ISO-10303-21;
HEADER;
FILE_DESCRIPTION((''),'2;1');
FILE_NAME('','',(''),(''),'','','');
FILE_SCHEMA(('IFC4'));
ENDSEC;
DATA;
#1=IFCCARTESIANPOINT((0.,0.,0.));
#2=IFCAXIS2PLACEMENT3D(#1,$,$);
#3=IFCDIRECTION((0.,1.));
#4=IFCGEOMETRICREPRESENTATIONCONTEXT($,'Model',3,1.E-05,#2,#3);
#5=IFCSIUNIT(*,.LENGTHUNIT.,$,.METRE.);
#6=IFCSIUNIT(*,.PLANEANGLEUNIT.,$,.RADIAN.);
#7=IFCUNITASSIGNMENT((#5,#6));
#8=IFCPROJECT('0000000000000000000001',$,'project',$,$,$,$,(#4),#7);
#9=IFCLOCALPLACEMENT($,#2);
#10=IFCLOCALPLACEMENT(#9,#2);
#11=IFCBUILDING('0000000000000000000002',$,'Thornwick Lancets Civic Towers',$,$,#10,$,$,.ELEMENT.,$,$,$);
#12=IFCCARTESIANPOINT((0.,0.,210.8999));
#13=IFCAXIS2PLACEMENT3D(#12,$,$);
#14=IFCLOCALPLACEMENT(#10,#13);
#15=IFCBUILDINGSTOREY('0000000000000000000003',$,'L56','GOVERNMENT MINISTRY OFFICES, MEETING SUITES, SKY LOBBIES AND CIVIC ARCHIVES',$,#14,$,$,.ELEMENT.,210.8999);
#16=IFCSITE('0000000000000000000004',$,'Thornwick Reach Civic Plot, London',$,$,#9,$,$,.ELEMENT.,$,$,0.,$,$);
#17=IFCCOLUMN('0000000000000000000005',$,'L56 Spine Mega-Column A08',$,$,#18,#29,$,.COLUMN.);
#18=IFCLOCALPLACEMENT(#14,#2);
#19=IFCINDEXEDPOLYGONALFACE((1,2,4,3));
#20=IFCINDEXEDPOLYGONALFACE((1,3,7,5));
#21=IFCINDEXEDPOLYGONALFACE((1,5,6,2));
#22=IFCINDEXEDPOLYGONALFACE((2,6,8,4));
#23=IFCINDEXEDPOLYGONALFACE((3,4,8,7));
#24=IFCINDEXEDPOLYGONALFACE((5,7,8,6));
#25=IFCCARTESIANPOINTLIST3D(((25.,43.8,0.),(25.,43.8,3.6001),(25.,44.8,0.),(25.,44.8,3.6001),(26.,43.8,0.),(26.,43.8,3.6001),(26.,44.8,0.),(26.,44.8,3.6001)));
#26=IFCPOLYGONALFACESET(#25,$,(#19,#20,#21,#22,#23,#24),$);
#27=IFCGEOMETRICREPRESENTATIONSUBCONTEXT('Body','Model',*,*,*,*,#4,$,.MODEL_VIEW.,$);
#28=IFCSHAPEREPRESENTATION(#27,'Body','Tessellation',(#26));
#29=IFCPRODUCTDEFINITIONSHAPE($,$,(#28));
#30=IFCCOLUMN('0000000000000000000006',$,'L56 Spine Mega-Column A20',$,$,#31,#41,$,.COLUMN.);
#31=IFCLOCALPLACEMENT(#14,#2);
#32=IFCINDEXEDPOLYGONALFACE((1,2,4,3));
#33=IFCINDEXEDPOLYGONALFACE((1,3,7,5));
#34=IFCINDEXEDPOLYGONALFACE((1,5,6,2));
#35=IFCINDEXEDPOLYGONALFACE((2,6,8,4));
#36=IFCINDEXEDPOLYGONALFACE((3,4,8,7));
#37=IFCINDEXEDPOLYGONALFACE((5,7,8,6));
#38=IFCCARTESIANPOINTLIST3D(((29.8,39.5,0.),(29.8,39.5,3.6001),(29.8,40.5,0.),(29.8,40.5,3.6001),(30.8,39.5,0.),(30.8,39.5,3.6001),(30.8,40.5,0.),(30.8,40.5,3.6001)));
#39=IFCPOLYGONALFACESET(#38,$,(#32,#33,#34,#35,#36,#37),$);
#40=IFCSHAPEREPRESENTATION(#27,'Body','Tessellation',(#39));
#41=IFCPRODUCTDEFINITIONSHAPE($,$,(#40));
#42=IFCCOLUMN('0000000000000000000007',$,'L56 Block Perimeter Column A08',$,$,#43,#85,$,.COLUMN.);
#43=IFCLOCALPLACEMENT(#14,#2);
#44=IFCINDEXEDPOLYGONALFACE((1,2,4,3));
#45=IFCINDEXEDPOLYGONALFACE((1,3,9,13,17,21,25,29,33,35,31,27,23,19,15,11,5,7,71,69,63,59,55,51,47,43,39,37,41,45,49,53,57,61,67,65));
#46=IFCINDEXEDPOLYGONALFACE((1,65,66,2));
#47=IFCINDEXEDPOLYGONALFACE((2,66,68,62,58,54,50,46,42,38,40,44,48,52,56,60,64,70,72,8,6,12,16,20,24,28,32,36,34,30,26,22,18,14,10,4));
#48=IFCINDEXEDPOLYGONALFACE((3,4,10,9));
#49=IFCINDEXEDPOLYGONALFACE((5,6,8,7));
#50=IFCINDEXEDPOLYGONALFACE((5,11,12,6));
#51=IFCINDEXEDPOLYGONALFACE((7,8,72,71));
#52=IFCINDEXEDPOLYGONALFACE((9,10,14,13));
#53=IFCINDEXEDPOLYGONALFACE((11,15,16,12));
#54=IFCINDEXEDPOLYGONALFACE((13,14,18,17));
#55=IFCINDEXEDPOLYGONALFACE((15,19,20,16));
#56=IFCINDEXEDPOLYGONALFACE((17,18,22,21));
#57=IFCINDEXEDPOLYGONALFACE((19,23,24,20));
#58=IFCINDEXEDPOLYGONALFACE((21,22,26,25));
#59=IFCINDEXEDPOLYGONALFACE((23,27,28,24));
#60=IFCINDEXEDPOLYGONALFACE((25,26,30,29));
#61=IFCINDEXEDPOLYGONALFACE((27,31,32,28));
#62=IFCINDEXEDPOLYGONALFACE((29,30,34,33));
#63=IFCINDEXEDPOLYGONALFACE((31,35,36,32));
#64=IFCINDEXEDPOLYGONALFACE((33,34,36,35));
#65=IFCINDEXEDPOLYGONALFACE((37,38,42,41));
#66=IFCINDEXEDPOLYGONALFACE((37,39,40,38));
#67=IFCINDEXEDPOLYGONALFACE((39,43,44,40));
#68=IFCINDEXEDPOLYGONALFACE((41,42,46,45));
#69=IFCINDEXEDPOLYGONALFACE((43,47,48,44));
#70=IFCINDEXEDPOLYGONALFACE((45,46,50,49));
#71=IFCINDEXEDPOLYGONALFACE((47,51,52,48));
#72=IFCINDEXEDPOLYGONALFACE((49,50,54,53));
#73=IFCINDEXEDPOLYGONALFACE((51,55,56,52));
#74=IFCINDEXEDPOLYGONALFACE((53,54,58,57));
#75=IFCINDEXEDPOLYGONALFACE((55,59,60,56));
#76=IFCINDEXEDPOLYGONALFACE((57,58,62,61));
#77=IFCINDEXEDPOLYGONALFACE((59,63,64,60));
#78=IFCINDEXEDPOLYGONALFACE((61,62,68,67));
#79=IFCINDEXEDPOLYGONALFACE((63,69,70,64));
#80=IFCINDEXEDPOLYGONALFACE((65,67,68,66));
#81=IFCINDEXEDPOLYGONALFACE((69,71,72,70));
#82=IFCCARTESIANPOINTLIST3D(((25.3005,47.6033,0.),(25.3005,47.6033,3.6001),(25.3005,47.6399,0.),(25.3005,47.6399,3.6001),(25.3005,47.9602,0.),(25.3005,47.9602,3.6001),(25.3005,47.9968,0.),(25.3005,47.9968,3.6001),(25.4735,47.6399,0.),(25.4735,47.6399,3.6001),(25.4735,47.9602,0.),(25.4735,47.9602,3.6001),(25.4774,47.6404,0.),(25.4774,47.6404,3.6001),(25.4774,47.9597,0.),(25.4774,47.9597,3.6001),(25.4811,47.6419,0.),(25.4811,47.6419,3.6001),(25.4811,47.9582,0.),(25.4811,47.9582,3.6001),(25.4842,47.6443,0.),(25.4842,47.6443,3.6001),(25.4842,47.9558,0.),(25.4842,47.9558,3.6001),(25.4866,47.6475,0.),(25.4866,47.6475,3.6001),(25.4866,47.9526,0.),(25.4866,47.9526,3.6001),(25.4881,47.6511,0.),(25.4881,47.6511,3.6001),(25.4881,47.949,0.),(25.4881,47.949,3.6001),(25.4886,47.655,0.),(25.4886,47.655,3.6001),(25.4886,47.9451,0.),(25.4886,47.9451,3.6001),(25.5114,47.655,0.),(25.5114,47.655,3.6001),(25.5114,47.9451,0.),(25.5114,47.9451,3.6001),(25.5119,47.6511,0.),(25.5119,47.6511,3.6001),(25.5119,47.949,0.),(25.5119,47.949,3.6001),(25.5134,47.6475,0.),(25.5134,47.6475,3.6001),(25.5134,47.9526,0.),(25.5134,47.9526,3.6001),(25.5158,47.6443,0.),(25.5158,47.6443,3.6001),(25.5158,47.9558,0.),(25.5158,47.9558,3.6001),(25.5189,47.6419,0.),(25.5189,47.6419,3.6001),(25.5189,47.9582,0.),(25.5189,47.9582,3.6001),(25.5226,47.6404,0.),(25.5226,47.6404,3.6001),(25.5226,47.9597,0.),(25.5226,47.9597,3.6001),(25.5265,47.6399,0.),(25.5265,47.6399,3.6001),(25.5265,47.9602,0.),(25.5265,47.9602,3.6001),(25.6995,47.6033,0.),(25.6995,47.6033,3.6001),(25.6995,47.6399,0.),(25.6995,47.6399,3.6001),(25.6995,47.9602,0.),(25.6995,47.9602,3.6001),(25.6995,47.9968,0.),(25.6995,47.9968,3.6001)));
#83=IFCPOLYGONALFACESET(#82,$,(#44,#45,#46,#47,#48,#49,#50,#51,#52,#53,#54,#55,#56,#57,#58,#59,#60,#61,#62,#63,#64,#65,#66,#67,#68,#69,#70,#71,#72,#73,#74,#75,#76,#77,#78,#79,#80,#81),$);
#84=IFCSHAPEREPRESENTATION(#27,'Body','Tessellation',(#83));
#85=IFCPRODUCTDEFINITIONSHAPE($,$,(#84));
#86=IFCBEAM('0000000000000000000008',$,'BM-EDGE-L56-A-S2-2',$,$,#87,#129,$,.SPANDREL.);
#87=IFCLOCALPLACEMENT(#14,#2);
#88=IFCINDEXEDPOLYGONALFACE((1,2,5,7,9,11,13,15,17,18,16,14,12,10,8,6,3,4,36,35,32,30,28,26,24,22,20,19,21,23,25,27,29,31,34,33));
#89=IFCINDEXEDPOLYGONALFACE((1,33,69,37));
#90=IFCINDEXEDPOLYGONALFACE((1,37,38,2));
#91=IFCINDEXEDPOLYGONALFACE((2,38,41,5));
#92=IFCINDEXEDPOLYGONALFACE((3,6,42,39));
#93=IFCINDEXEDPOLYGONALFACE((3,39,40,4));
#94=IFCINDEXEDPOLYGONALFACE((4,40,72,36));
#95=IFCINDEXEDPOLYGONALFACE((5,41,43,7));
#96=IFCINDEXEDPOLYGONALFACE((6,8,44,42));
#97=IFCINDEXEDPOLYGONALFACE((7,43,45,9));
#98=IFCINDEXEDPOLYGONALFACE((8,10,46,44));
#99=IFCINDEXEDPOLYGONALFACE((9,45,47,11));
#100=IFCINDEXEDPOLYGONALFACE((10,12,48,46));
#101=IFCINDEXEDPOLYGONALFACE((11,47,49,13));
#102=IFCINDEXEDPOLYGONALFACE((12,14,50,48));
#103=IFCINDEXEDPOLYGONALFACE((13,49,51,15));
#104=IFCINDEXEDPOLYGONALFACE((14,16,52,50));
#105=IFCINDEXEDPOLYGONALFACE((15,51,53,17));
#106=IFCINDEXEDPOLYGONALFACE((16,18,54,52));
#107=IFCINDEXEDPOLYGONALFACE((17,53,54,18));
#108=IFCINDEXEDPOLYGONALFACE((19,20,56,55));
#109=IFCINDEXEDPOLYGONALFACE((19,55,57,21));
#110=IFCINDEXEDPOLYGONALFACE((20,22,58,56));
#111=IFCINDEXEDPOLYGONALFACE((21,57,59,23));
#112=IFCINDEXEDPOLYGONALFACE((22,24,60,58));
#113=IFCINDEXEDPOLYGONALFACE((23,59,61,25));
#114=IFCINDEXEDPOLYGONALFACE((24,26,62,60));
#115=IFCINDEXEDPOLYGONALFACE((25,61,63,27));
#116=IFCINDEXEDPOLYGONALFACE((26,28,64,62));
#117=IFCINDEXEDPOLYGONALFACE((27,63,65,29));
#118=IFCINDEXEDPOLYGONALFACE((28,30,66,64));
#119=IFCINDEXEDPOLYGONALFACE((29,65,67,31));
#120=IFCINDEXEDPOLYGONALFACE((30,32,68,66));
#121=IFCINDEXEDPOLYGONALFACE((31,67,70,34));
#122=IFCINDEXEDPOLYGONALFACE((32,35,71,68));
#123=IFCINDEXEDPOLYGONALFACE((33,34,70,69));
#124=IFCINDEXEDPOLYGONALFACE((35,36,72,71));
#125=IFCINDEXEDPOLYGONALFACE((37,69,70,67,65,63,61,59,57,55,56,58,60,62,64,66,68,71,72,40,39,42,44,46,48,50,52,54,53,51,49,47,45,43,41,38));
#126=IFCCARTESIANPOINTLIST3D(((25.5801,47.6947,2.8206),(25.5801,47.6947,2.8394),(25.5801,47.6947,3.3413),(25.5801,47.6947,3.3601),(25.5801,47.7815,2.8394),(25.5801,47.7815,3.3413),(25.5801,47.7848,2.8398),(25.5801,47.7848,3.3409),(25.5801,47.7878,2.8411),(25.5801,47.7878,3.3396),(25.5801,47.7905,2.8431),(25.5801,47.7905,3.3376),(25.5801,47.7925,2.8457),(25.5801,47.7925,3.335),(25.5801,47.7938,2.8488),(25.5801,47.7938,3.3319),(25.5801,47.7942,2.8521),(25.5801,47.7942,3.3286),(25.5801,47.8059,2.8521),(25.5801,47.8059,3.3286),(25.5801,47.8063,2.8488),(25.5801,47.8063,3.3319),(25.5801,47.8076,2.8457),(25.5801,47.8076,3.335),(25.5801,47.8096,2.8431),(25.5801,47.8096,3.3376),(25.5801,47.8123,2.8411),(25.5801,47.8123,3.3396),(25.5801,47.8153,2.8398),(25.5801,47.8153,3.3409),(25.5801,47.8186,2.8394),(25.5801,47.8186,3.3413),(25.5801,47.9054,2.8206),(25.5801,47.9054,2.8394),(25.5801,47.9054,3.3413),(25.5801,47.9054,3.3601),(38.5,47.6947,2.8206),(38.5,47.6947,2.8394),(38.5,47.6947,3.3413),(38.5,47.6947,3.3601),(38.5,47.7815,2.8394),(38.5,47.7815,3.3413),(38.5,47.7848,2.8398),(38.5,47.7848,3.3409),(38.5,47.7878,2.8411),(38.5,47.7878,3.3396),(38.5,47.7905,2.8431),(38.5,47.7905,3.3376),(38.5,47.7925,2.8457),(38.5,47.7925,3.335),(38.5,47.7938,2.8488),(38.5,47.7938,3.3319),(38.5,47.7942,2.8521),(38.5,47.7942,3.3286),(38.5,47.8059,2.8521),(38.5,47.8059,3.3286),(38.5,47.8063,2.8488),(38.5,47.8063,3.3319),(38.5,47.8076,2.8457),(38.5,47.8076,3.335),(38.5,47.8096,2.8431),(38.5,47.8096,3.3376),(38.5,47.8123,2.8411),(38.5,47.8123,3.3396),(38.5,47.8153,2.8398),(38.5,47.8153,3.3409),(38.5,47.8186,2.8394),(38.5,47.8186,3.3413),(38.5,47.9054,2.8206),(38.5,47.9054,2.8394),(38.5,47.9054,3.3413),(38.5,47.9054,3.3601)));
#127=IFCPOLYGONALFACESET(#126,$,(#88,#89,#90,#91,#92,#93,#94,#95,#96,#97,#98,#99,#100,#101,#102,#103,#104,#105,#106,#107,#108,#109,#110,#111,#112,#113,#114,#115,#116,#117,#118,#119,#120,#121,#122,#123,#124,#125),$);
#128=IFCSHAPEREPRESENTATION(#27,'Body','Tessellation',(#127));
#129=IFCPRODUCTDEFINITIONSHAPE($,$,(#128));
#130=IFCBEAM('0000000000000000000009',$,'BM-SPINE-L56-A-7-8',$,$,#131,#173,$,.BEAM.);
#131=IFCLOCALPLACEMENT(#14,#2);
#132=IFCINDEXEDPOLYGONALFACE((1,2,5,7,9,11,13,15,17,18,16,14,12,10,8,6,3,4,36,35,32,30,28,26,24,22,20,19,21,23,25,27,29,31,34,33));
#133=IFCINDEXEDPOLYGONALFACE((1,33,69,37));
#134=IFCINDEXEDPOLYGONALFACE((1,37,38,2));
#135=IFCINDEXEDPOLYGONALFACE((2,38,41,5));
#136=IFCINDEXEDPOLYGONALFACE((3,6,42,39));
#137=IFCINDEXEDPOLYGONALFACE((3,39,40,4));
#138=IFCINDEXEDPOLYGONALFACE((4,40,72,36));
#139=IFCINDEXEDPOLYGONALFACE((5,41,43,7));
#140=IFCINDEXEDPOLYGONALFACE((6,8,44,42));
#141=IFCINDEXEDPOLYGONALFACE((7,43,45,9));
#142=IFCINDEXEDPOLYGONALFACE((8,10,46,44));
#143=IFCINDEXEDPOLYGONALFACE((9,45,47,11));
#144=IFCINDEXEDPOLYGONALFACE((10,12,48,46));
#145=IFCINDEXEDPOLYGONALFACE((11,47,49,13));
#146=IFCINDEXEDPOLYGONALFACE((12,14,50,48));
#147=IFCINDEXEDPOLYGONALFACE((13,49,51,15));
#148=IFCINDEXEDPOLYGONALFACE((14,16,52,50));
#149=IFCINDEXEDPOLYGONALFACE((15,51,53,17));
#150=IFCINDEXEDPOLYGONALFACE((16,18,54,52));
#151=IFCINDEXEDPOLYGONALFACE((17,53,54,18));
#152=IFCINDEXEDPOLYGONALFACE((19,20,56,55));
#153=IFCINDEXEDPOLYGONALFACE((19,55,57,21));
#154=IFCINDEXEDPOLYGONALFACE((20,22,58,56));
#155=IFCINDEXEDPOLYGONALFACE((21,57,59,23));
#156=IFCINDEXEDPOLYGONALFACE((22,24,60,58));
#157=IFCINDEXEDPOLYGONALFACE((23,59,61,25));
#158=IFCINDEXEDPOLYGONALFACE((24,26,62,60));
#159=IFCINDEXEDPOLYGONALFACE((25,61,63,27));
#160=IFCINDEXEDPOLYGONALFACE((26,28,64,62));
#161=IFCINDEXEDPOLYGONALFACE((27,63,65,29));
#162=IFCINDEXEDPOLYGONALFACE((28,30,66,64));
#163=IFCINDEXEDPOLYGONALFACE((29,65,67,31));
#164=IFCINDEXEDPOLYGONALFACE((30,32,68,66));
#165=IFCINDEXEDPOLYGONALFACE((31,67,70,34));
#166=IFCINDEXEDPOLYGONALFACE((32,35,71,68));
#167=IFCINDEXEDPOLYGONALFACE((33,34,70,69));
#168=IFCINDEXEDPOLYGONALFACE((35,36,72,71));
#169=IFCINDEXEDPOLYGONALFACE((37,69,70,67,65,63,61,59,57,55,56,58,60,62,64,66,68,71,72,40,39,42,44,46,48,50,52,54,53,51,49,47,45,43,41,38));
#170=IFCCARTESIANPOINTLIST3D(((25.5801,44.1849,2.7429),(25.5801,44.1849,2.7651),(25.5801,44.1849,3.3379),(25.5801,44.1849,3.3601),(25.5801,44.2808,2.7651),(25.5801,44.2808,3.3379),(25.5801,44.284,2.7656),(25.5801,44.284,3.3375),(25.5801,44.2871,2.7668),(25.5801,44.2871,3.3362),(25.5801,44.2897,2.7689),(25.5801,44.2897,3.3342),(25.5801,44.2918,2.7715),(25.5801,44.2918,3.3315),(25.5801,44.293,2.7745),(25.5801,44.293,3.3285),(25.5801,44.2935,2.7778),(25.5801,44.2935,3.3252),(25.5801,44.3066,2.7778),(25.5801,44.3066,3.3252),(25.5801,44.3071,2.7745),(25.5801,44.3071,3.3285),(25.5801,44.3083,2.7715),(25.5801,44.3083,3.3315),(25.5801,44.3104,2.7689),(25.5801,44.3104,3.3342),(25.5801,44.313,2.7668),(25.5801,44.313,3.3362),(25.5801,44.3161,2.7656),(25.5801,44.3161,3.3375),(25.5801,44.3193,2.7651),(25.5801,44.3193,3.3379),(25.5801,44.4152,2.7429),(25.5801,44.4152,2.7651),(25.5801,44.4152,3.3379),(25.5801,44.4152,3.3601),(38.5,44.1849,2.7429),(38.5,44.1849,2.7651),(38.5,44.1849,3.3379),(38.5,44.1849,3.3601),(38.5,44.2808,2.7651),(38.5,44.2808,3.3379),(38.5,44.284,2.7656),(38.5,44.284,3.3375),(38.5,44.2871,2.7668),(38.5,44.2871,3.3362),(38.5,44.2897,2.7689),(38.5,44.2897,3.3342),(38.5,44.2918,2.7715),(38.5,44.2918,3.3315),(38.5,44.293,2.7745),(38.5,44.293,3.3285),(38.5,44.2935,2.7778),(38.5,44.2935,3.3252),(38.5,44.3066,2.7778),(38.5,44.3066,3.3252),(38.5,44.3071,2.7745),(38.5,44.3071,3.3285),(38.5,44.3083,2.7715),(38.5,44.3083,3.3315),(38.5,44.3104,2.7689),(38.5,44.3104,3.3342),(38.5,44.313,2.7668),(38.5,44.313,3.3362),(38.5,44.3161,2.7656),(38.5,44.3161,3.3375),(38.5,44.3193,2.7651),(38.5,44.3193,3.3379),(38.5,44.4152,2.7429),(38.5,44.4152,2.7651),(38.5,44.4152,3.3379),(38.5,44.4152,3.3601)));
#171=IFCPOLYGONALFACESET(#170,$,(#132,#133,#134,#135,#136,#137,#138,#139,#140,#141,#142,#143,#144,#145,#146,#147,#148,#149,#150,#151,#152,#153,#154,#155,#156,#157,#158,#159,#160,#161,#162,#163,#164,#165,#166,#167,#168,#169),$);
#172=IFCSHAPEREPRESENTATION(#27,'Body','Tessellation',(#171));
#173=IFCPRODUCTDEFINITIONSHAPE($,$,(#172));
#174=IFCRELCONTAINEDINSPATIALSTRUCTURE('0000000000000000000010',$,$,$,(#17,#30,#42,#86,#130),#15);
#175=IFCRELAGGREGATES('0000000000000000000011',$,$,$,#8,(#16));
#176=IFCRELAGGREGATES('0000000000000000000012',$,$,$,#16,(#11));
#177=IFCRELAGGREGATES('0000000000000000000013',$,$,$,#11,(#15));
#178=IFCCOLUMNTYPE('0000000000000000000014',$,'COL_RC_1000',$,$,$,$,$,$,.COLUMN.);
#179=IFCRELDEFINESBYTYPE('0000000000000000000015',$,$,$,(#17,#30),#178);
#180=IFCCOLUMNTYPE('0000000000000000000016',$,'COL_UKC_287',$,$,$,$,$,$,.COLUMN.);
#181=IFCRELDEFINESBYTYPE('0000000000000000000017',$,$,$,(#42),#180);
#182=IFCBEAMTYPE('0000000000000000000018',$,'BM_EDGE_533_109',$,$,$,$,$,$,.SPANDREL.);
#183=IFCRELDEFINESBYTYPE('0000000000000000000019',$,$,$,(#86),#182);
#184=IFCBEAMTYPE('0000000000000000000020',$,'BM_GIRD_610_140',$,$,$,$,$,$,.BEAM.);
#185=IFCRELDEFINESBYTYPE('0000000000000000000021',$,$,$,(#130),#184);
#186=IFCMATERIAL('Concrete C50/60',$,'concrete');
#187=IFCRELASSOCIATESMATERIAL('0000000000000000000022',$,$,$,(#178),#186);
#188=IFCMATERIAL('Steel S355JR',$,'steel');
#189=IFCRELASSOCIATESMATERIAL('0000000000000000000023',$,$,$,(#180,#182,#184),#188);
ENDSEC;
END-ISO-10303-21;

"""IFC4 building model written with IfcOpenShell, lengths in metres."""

from ifc_helpers import new_model, si_unit, direction, frame, origin, origin_2d, place, context, subcontext, project, spatial, rectangle, i_section, extrude, material, material_profile, profile_set, type_object, element, save


model = new_model("IFC4")

# Units and contexts
model_context = context("Model", 3, precision=1e-05, world=origin(), true_north=direction((0.0, 1.0)))
body_context = subcontext(model_context, "Body", "Model", "MODEL_VIEW")
ifc_project = project(units=[si_unit("LENGTHUNIT", "METRE"), si_unit("PLANEANGLEUNIT", "RADIAN")], contexts=[model_context])

# Site, building, storey
site_placement = place(None, origin())
site = spatial("IfcSite", under=ifc_project, at=site_placement, Name="Thornwick Reach Civic Plot, London", CompositionType="ELEMENT", RefElevation=0.0)
building_placement = place(site_placement, origin())
building = spatial("IfcBuilding", under=site, at=building_placement, Name="Thornwick Lancets Civic Towers", CompositionType="ELEMENT")
storey_placement = place(building_placement, frame((0.0, 0.0, 210.8999)))
storey = spatial("IfcBuildingStorey", under=building, at=storey_placement, Name="L56", Description="GOVERNMENT MINISTRY OFFICES, MEETING SUITES, SKY LOBBIES AND CIVIC ARCHIVES", CompositionType="ELEMENT", Elevation=210.8999)

# Columns
ifc_material_1 = material(Name="Concrete C50/60", Category="concrete")
ifc_material_profile_1 = material_profile(ifc_material_1, rectangle(XDim=1.0, YDim=1.0, at=origin_2d()), Name="RC 1000x1000")
ifc_profile_set_1 = profile_set([ifc_material_profile_1], Name="Concrete C50/60")
column_type_1 = type_object("IfcColumnType", Name="COL_RC_1000", PredefinedType="COLUMN", material=ifc_profile_set_1)
for number, where, z_axis, x_axis, name in (
    (1, (25.5, 44.3, 0.0), (0.0, 0.0, 1.0), (1.0, 0.0, 0.0), "L56 Spine Mega-Column A08"),
    (2, (30.3, 40.0, 0.0), (0.0, 0.0, 1.0), (1.0, 0.0, 0.0), "L56 Spine Mega-Column A20"),
):
    element("IfcColumn", number, at=place(storey_placement, frame(where, z_axis=z_axis, x_axis=x_axis)), inside=storey, type_object=column_type_1, Name=name, PredefinedType="COLUMN", context=body_context, shape_type="SweptSolid", body=[
        extrude(rectangle(XDim=1.0, YDim=1.0, at=origin_2d()), origin(), (0.0, 0.0, 1.0), 3.6001),
    ])
ifc_material_2 = material(Name="Steel S355JR", Category="steel")
ifc_material_profile_2 = material_profile(ifc_material_2, i_section(OverallWidth=0.3989, OverallDepth=0.3936, WebThickness=0.0227, FlangeThickness=0.0366, FilletRadius=0.0151, at=origin_2d()), Name="UKC 356x406x287")
ifc_profile_set_2 = profile_set([ifc_material_profile_2], Name="Steel S355JR")
column_type_2 = type_object("IfcColumnType", Name="COL_UKC_287", PredefinedType="COLUMN", material=ifc_profile_set_2)
column_placement = place(storey_placement, frame((25.5, 47.8, 0.0), z_axis=(0.0, 0.0, 1.0), x_axis=(1.0, 0.0, 0.0)))
element("IfcColumn", 3, at=column_placement, inside=storey, type_object=column_type_2, Name="L56 Block Perimeter Column A08", PredefinedType="COLUMN", context=body_context, shape_type="SweptSolid", body=[
    extrude(i_section(OverallWidth=0.3989, OverallDepth=0.3936, WebThickness=0.0227, FlangeThickness=0.0366, FilletRadius=0.0151, at=origin_2d()), origin(), (0.0, 0.0, 1.0), 3.6001),
])

# Beams
ifc_material_profile_3 = material_profile(ifc_material_2, i_section(OverallWidth=0.2107, OverallDepth=0.5396, WebThickness=0.0117, FlangeThickness=0.0188, FilletRadius=0.0127, at=origin_2d()), Name="UKB 533x210x109")
ifc_profile_set_3 = profile_set([ifc_material_profile_3], Name="Steel S355JR")
beam_type_1 = type_object("IfcBeamType", Name="BM_EDGE_533_109", PredefinedType="SPANDREL", material=ifc_profile_set_3)
beam_1_placement = place(storey_placement, frame((25.5801, 47.8, 3.0903), z_axis=(1.0, 0.0, 0.0), x_axis=(0.0, 1.0, 0.0)))
element("IfcBeam", 4, at=beam_1_placement, inside=storey, type_object=beam_type_1, Name="BM-EDGE-L56-A-S2-2", PredefinedType="SPANDREL", context=body_context, shape_type="SweptSolid", body=[
    extrude(i_section(OverallWidth=0.2107, OverallDepth=0.5396, WebThickness=0.0117, FlangeThickness=0.0188, FilletRadius=0.0127, at=origin_2d()), origin(), (0.0, 0.0, 1.0), 12.9199),
])
ifc_material_profile_4 = material_profile(ifc_material_2, i_section(OverallWidth=0.2302, OverallDepth=0.6172, WebThickness=0.0132, FlangeThickness=0.0222, FilletRadius=0.0127, at=origin_2d()), Name="UKB 610x229x140")
ifc_profile_set_4 = profile_set([ifc_material_profile_4], Name="Steel S355JR")
beam_type_2 = type_object("IfcBeamType", Name="BM_GIRD_610_140", PredefinedType="BEAM", material=ifc_profile_set_4)
beam_2_placement = place(storey_placement, frame((25.5801, 44.3, 3.0515), z_axis=(1.0, 0.0, 0.0), x_axis=(0.0, 1.0, 0.0)))
element("IfcBeam", 5, at=beam_2_placement, inside=storey, type_object=beam_type_2, Name="BM-SPINE-L56-A-7-8", PredefinedType="BEAM", context=body_context, shape_type="SweptSolid", body=[
    extrude(i_section(OverallWidth=0.2302, OverallDepth=0.6172, WebThickness=0.0132, FlangeThickness=0.0222, FilletRadius=0.0127, at=origin_2d()), origin(), (0.0, 0.0, 1.0), 12.9199),
])

save(model, "model.ifc")
